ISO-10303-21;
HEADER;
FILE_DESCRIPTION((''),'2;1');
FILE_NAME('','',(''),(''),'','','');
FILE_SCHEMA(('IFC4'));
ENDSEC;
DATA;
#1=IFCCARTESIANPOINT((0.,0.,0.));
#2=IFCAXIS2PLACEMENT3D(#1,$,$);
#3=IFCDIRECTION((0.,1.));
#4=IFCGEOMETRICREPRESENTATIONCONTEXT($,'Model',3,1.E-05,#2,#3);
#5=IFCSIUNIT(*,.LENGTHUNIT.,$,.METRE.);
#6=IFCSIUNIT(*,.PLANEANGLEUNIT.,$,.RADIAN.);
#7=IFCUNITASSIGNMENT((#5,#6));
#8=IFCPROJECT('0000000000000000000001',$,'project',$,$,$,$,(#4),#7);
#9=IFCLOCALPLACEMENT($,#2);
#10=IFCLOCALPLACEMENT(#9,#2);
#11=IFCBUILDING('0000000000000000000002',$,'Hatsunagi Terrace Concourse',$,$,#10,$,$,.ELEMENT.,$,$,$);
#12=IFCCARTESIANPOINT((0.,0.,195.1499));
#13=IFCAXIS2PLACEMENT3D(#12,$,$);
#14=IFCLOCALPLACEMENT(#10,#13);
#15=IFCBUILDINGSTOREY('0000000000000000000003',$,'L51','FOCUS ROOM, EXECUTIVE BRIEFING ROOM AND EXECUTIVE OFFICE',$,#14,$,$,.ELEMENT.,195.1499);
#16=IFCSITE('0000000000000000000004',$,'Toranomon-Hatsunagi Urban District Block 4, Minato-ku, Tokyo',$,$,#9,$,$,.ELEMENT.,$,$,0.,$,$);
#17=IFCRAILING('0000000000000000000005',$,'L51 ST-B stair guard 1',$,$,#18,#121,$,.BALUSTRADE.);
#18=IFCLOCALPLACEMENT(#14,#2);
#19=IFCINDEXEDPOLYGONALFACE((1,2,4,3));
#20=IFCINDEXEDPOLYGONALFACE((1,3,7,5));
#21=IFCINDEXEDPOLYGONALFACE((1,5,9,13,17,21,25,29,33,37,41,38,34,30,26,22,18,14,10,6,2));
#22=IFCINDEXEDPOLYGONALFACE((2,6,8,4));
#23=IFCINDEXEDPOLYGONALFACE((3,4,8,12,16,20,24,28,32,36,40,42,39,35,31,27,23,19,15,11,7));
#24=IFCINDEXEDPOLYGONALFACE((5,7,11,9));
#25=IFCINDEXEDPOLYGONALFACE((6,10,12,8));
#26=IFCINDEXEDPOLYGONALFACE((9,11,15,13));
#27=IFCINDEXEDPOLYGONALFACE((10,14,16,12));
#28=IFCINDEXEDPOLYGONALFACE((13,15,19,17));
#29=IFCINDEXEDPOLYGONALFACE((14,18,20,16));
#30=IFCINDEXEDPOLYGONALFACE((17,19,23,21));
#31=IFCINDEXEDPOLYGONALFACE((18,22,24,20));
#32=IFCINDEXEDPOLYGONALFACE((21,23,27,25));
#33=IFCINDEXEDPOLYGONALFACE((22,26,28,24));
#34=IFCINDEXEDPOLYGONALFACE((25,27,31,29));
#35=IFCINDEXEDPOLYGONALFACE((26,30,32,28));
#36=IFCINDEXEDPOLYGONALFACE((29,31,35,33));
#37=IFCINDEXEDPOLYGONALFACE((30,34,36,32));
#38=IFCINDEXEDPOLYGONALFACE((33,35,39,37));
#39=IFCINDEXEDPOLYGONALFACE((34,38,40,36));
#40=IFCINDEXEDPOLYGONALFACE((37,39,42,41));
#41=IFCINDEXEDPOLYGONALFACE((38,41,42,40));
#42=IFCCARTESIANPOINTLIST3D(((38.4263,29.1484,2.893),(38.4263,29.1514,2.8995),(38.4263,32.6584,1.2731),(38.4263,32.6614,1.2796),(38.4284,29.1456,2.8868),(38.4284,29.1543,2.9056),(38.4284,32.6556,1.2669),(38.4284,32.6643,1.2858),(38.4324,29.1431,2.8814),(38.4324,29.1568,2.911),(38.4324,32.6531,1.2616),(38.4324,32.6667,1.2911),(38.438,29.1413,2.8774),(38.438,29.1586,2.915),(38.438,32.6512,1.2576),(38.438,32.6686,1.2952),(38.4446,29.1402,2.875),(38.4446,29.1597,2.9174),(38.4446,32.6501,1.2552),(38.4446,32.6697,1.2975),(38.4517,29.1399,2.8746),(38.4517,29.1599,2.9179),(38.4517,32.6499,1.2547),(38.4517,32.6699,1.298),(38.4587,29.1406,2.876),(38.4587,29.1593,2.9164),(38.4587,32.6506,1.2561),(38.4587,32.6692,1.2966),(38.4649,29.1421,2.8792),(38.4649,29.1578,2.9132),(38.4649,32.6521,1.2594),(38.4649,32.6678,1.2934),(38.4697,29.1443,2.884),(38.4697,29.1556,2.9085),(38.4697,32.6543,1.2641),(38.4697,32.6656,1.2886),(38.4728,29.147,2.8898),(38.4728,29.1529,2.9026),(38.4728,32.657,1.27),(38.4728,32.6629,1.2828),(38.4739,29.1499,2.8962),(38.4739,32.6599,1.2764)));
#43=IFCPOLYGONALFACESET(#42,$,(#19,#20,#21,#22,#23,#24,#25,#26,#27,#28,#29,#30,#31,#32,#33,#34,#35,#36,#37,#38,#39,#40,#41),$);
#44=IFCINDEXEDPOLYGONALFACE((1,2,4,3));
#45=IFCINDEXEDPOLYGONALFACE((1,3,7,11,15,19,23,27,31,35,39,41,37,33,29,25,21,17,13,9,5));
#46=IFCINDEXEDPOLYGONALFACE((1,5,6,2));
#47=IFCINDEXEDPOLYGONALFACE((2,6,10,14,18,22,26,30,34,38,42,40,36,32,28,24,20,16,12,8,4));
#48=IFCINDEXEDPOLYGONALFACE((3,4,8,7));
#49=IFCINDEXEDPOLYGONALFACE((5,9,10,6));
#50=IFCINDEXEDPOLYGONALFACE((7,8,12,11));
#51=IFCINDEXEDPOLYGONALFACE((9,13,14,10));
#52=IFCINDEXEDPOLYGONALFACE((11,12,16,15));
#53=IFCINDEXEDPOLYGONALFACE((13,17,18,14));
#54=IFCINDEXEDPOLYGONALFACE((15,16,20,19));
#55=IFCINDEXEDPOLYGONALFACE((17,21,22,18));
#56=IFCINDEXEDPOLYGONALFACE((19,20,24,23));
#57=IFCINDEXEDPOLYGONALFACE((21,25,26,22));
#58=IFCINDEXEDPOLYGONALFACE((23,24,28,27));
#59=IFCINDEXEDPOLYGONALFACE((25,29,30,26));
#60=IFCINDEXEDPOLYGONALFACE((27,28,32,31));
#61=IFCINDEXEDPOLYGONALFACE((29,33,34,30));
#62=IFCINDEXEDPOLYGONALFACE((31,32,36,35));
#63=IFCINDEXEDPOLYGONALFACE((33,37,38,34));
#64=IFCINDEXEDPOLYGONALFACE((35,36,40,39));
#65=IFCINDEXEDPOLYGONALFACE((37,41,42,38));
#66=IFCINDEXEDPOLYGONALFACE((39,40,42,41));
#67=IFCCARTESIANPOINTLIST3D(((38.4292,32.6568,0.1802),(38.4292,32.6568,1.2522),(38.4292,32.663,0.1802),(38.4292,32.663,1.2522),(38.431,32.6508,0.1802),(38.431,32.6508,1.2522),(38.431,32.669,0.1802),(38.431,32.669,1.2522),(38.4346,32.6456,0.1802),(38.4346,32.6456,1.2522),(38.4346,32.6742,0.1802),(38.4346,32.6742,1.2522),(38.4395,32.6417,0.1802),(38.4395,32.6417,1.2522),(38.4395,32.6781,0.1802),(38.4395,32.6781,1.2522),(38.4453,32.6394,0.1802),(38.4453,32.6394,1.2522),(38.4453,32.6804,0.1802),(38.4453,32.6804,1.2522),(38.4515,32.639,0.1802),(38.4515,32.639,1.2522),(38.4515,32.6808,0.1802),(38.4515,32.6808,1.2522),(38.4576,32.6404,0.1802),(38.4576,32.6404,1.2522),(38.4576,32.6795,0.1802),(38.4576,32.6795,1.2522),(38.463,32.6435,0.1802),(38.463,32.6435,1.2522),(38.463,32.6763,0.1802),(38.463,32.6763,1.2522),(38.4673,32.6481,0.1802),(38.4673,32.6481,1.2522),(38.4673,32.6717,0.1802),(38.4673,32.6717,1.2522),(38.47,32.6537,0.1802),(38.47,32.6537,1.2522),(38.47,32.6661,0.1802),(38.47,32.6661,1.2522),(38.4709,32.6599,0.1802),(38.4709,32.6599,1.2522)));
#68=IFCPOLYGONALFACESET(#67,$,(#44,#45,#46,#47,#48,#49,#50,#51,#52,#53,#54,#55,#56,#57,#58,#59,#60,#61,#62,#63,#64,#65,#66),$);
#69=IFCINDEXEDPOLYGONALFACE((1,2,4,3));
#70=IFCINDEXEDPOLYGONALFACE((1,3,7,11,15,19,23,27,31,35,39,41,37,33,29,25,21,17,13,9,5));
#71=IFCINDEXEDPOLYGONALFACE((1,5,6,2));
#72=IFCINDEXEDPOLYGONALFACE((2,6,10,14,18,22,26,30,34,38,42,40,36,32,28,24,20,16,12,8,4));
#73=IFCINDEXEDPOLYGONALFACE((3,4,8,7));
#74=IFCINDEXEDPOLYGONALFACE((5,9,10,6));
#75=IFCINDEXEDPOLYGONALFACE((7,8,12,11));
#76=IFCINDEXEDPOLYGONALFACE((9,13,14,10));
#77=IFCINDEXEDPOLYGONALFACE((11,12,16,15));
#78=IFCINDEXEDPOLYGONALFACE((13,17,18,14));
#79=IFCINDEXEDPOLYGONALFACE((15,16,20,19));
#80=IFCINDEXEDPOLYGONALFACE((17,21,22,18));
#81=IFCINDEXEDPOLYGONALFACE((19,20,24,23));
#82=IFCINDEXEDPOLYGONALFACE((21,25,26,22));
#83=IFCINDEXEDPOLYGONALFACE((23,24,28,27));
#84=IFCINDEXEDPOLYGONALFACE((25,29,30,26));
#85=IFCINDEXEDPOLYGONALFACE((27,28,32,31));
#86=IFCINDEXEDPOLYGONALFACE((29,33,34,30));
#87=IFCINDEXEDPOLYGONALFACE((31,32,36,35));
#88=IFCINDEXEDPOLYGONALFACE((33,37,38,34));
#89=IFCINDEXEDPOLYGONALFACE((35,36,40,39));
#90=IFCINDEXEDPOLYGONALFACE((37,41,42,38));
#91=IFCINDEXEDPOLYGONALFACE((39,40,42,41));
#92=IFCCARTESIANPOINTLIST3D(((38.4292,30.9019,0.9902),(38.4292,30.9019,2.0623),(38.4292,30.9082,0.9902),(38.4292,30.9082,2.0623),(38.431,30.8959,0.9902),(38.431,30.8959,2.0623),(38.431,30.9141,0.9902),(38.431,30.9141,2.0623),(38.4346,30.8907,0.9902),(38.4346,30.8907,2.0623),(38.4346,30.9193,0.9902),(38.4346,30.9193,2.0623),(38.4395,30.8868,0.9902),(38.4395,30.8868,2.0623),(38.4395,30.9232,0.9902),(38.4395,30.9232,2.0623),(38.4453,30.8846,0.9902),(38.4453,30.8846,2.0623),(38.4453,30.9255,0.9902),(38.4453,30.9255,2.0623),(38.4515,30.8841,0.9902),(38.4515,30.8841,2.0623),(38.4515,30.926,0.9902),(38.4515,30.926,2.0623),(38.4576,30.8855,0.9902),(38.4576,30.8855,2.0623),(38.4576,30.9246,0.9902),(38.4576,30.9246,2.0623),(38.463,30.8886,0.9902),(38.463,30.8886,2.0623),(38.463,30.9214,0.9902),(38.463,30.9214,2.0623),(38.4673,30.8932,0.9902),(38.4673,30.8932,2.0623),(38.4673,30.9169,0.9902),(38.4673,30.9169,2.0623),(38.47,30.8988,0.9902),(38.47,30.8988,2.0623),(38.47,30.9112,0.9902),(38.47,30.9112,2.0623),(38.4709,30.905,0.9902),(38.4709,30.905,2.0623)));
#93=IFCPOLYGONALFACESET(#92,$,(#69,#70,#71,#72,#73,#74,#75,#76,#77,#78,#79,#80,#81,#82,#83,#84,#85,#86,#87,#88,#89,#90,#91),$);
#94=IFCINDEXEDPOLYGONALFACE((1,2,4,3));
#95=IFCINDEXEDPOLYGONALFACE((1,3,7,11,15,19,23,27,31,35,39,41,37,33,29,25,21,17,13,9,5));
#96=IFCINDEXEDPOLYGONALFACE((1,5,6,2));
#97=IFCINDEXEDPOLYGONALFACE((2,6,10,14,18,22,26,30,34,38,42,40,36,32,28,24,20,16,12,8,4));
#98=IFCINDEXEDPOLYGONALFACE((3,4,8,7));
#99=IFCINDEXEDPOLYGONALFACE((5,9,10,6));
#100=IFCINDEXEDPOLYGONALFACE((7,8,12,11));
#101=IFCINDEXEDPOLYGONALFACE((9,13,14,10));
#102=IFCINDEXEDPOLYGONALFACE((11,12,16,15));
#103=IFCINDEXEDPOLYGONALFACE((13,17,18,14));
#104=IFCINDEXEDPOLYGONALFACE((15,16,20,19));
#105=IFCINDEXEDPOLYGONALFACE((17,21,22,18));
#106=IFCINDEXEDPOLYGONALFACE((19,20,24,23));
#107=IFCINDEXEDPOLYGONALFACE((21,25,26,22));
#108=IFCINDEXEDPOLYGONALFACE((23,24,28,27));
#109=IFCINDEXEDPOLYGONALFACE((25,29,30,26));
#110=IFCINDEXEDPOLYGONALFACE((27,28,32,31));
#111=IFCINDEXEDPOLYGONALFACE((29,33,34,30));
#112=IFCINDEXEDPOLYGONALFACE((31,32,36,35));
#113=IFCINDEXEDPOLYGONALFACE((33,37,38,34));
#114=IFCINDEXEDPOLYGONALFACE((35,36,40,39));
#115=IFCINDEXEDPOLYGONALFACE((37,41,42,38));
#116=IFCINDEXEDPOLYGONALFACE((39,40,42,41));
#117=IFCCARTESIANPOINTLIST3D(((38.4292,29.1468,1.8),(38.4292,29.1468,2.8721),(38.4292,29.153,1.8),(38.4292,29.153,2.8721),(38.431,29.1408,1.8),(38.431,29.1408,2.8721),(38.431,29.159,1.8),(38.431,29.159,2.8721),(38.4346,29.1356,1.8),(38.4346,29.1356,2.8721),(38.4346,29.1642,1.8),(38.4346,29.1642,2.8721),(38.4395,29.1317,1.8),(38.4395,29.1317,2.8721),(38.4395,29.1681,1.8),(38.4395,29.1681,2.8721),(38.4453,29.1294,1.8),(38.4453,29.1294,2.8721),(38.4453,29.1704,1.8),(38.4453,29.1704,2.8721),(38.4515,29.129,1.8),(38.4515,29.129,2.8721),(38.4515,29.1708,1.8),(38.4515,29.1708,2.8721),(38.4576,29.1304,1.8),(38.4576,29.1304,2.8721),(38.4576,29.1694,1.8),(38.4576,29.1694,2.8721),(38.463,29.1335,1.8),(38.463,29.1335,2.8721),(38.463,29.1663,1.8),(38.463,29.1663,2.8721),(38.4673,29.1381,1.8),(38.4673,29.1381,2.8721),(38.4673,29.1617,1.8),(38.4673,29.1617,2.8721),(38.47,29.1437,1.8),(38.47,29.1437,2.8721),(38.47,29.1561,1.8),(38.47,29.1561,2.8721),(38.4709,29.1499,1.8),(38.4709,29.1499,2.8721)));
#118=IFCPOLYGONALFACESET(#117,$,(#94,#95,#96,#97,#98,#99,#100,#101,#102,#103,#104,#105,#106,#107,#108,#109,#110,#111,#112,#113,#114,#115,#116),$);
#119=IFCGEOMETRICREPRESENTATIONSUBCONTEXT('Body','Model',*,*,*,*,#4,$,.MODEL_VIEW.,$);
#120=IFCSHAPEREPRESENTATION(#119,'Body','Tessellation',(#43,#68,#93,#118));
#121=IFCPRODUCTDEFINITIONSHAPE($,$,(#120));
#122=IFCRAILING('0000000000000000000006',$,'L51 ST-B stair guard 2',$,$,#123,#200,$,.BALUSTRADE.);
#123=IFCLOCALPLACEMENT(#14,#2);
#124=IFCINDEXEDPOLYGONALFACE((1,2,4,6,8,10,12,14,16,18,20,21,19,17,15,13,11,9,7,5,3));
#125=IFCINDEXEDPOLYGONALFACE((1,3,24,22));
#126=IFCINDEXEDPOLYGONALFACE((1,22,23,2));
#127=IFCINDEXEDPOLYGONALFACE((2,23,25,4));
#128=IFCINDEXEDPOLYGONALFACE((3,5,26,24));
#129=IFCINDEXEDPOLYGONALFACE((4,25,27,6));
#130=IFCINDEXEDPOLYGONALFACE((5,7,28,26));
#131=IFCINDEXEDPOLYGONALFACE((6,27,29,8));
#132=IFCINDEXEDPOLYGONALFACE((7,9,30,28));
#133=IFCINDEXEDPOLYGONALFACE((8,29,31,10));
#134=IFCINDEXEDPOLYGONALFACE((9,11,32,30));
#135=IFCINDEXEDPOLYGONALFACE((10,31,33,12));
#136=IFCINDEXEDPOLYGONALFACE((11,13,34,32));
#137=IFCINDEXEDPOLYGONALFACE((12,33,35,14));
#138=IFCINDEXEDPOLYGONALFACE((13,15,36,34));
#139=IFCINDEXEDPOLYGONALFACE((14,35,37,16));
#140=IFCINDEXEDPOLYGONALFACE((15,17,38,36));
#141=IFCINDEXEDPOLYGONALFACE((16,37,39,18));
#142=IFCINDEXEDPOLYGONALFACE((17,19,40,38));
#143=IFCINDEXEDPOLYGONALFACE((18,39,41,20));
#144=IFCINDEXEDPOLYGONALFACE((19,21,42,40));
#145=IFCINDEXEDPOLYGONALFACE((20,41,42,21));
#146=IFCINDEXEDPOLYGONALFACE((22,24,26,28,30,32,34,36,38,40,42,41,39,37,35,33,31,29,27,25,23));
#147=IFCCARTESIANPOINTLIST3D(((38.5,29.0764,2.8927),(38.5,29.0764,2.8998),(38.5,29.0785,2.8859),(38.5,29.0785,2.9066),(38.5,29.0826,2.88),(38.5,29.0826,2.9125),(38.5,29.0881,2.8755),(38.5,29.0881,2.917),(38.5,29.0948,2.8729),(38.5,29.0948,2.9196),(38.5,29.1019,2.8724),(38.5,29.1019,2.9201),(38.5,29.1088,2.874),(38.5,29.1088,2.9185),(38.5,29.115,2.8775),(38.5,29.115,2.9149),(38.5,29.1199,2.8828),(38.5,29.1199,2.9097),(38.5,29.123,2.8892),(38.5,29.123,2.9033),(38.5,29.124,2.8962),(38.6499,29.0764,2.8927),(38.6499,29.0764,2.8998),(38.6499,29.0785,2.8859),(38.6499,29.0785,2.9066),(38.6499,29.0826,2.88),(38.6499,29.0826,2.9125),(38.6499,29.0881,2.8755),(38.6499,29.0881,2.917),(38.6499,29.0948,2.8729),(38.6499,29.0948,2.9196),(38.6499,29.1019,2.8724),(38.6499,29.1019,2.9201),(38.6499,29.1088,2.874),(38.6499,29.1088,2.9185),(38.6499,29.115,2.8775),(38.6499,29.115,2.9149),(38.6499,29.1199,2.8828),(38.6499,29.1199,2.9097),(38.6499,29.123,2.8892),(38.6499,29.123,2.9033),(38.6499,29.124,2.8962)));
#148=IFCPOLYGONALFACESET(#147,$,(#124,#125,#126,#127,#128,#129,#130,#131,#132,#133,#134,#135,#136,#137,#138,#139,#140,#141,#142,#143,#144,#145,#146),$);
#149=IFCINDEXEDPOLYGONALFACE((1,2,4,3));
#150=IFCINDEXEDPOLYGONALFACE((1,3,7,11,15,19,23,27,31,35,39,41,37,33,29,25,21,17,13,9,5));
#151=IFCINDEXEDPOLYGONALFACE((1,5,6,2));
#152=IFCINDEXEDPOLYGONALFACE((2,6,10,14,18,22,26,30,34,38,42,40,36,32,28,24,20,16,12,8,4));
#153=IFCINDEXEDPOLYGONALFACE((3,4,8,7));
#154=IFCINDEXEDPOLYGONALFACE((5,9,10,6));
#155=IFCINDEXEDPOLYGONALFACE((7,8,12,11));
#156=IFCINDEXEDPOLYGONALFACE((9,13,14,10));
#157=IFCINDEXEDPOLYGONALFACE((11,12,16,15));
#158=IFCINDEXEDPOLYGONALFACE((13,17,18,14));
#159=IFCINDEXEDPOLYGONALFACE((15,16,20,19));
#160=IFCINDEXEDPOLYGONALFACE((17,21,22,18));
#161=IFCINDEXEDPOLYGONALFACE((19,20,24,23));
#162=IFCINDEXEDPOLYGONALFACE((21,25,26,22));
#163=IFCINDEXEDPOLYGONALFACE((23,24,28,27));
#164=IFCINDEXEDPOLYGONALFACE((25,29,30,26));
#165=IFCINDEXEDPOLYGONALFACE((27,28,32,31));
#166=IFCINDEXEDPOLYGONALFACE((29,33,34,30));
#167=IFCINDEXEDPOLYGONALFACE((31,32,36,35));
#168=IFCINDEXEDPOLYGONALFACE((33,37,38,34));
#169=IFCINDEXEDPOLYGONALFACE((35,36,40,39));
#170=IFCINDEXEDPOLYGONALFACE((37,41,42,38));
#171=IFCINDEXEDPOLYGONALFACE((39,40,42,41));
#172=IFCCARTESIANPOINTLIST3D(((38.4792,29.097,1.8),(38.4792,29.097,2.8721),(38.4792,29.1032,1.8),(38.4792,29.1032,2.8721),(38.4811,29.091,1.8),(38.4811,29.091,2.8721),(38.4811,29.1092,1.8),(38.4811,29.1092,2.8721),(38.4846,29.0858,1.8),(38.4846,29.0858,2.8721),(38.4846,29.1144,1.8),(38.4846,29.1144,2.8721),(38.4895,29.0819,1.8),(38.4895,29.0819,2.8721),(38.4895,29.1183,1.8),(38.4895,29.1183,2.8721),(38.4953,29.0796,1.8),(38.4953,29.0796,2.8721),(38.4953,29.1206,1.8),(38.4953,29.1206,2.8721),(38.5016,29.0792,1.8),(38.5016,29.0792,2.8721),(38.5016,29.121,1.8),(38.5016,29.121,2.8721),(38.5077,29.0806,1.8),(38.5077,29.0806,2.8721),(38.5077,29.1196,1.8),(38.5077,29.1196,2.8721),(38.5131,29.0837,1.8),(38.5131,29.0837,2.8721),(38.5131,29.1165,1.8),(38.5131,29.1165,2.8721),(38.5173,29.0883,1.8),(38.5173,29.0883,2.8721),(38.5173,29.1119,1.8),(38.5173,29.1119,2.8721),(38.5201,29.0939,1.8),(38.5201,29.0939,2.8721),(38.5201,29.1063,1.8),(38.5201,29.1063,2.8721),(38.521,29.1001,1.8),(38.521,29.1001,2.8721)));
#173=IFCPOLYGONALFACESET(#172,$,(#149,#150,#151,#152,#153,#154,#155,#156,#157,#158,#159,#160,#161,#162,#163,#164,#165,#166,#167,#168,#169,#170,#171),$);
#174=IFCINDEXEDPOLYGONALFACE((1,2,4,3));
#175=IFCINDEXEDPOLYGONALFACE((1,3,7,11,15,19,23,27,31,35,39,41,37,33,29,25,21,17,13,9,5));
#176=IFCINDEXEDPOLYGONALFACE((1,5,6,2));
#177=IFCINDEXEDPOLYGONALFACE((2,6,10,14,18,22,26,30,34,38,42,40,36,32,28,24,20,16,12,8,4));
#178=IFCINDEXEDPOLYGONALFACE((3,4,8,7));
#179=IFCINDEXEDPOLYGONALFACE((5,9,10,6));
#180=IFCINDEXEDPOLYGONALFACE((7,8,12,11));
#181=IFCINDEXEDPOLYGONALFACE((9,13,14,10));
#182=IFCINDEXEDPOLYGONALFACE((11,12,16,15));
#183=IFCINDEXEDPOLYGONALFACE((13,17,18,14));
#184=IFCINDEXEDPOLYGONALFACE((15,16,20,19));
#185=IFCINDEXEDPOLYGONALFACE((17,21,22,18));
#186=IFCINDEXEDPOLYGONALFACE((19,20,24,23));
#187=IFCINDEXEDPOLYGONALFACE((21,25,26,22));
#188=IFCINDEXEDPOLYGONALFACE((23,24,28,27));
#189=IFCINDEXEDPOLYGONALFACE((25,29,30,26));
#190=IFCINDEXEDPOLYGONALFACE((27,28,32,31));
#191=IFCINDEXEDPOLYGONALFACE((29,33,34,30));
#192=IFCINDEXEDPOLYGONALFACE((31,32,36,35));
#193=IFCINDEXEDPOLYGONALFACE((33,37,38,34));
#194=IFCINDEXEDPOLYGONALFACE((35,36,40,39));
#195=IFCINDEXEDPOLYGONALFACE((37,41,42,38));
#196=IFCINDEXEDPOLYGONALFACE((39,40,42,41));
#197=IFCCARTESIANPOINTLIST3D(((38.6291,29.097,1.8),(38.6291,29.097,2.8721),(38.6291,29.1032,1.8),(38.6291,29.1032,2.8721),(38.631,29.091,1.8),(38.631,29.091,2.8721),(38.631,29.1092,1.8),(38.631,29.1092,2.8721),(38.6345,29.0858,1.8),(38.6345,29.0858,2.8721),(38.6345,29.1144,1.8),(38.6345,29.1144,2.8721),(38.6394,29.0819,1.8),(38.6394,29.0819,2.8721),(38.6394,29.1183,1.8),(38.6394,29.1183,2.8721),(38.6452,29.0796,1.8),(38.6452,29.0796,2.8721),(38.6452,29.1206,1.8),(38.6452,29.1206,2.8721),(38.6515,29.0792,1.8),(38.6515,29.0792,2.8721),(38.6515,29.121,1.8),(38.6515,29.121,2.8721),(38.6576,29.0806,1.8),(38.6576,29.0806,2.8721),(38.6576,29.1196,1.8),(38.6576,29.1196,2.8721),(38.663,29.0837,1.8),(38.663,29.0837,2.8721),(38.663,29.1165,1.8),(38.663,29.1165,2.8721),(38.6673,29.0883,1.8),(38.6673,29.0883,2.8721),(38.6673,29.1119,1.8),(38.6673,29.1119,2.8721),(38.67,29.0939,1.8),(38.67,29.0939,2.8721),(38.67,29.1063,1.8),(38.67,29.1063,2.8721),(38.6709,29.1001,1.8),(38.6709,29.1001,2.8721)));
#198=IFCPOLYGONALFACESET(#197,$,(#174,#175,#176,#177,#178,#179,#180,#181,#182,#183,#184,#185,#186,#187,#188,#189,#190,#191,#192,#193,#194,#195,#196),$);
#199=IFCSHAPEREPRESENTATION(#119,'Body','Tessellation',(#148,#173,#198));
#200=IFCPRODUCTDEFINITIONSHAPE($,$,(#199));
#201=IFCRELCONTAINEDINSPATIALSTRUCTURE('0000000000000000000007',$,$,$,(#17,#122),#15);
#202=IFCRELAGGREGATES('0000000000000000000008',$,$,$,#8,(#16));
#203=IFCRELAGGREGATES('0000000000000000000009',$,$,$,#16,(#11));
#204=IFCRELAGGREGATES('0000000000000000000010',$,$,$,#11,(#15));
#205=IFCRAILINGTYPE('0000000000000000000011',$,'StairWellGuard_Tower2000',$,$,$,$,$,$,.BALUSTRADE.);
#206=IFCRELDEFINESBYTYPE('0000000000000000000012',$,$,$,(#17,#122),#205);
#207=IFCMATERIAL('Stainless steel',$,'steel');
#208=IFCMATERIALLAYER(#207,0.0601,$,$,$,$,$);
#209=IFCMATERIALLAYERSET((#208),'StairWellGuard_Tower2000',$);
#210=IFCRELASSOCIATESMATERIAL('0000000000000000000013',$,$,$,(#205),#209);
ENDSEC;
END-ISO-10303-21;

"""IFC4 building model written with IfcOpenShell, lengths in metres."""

from ifc_helpers import new_model, si_unit, direction, frame, origin, origin_2d, place, context, subcontext, project, spatial, circle, extrude, material, layer, layer_set, type_object, element, save


model = new_model("IFC4")

# Units and contexts
model_context = context("Model", 3, precision=1e-05, world=origin(), true_north=direction((0.0, 1.0)))
body_context = subcontext(model_context, "Body", "Model", "MODEL_VIEW")
ifc_project = project(units=[si_unit("LENGTHUNIT", "METRE"), si_unit("PLANEANGLEUNIT", "RADIAN")], contexts=[model_context])

# Site, building, storey
site_placement = place(None, origin())
site = spatial("IfcSite", under=ifc_project, at=site_placement, Name="Toranomon-Hatsunagi Urban District Block 4, Minato-ku, Tokyo", CompositionType="ELEMENT", RefElevation=0.0)
building_placement = place(site_placement, origin())
building = spatial("IfcBuilding", under=site, at=building_placement, Name="Hatsunagi Terrace Concourse", CompositionType="ELEMENT")
storey_placement = place(building_placement, frame((0.0, 0.0, 195.1499)))
storey = spatial("IfcBuildingStorey", under=building, at=storey_placement, Name="L51", Description="FOCUS ROOM, EXECUTIVE BRIEFING ROOM AND EXECUTIVE OFFICE", CompositionType="ELEMENT", Elevation=195.1499)

# Railings
ifc_material_1 = material(Name="Stainless steel", Category="steel")
ifc_layer_1 = layer(ifc_material_1, 0.0601)
ifc_layer_set_1 = layer_set([ifc_layer_1], Name="StairWellGuard_Tower2000")
railing_type_1 = type_object("IfcRailingType", Name="StairWellGuard_Tower2000", PredefinedType="BALUSTRADE", material=ifc_layer_set_1)
railing_1_placement = place(storey_placement, frame((38.45, 32.6599, 0.1802)))
element("IfcRailing", 1, at=railing_1_placement, inside=storey, type_object=railing_type_1, Name="L51 ST-B stair guard 1", PredefinedType="BALUSTRADE", context=body_context, shape_type="SweptSolid", body=[
    extrude(circle(Radius=0.0239, at=origin_2d()), frame((0.0, 0.0, 1.0962), z_axis=(0.0, -0.907972, 0.41903), x_axis=(1.0, 0.0, 0.0)), (0.0, 0.0, 1.0), 3.8657),
    extrude(circle(Radius=0.021, at=origin_2d()), origin(), (0.0, 0.0, 1.0), 1.072),
    extrude(circle(Radius=0.021, at=origin_2d()), frame((0.0, -1.7549, 0.8101)), (0.0, 0.0, 1.0), 1.072),
    extrude(circle(Radius=0.021, at=origin_2d()), frame((0.0, -3.51, 1.6199)), (0.0, 0.0, 1.0), 1.072),
])
railing_2_placement = place(storey_placement, frame((38.5, 29.1001, 1.8)))
element("IfcRailing", 2, at=railing_2_placement, inside=storey, type_object=railing_type_1, Name="L51 ST-B stair guard 2", PredefinedType="BALUSTRADE", context=body_context, shape_type="SweptSolid", body=[
    extrude(circle(Radius=0.0239, at=origin_2d()), frame((0.0, 0.0, 1.0962), z_axis=(1.0, 0.0, 0.0), x_axis=(0.0, 1.0, 0.0)), (0.0, 0.0, 1.0), 0.1499),
    extrude(circle(Radius=0.021, at=origin_2d()), origin(), (0.0, 0.0, 1.0), 1.072),
    extrude(circle(Radius=0.021, at=origin_2d()), frame((0.1499, 0.0, 0.0)), (0.0, 0.0, 1.0), 1.072),
])

save(model, "model.ifc")
